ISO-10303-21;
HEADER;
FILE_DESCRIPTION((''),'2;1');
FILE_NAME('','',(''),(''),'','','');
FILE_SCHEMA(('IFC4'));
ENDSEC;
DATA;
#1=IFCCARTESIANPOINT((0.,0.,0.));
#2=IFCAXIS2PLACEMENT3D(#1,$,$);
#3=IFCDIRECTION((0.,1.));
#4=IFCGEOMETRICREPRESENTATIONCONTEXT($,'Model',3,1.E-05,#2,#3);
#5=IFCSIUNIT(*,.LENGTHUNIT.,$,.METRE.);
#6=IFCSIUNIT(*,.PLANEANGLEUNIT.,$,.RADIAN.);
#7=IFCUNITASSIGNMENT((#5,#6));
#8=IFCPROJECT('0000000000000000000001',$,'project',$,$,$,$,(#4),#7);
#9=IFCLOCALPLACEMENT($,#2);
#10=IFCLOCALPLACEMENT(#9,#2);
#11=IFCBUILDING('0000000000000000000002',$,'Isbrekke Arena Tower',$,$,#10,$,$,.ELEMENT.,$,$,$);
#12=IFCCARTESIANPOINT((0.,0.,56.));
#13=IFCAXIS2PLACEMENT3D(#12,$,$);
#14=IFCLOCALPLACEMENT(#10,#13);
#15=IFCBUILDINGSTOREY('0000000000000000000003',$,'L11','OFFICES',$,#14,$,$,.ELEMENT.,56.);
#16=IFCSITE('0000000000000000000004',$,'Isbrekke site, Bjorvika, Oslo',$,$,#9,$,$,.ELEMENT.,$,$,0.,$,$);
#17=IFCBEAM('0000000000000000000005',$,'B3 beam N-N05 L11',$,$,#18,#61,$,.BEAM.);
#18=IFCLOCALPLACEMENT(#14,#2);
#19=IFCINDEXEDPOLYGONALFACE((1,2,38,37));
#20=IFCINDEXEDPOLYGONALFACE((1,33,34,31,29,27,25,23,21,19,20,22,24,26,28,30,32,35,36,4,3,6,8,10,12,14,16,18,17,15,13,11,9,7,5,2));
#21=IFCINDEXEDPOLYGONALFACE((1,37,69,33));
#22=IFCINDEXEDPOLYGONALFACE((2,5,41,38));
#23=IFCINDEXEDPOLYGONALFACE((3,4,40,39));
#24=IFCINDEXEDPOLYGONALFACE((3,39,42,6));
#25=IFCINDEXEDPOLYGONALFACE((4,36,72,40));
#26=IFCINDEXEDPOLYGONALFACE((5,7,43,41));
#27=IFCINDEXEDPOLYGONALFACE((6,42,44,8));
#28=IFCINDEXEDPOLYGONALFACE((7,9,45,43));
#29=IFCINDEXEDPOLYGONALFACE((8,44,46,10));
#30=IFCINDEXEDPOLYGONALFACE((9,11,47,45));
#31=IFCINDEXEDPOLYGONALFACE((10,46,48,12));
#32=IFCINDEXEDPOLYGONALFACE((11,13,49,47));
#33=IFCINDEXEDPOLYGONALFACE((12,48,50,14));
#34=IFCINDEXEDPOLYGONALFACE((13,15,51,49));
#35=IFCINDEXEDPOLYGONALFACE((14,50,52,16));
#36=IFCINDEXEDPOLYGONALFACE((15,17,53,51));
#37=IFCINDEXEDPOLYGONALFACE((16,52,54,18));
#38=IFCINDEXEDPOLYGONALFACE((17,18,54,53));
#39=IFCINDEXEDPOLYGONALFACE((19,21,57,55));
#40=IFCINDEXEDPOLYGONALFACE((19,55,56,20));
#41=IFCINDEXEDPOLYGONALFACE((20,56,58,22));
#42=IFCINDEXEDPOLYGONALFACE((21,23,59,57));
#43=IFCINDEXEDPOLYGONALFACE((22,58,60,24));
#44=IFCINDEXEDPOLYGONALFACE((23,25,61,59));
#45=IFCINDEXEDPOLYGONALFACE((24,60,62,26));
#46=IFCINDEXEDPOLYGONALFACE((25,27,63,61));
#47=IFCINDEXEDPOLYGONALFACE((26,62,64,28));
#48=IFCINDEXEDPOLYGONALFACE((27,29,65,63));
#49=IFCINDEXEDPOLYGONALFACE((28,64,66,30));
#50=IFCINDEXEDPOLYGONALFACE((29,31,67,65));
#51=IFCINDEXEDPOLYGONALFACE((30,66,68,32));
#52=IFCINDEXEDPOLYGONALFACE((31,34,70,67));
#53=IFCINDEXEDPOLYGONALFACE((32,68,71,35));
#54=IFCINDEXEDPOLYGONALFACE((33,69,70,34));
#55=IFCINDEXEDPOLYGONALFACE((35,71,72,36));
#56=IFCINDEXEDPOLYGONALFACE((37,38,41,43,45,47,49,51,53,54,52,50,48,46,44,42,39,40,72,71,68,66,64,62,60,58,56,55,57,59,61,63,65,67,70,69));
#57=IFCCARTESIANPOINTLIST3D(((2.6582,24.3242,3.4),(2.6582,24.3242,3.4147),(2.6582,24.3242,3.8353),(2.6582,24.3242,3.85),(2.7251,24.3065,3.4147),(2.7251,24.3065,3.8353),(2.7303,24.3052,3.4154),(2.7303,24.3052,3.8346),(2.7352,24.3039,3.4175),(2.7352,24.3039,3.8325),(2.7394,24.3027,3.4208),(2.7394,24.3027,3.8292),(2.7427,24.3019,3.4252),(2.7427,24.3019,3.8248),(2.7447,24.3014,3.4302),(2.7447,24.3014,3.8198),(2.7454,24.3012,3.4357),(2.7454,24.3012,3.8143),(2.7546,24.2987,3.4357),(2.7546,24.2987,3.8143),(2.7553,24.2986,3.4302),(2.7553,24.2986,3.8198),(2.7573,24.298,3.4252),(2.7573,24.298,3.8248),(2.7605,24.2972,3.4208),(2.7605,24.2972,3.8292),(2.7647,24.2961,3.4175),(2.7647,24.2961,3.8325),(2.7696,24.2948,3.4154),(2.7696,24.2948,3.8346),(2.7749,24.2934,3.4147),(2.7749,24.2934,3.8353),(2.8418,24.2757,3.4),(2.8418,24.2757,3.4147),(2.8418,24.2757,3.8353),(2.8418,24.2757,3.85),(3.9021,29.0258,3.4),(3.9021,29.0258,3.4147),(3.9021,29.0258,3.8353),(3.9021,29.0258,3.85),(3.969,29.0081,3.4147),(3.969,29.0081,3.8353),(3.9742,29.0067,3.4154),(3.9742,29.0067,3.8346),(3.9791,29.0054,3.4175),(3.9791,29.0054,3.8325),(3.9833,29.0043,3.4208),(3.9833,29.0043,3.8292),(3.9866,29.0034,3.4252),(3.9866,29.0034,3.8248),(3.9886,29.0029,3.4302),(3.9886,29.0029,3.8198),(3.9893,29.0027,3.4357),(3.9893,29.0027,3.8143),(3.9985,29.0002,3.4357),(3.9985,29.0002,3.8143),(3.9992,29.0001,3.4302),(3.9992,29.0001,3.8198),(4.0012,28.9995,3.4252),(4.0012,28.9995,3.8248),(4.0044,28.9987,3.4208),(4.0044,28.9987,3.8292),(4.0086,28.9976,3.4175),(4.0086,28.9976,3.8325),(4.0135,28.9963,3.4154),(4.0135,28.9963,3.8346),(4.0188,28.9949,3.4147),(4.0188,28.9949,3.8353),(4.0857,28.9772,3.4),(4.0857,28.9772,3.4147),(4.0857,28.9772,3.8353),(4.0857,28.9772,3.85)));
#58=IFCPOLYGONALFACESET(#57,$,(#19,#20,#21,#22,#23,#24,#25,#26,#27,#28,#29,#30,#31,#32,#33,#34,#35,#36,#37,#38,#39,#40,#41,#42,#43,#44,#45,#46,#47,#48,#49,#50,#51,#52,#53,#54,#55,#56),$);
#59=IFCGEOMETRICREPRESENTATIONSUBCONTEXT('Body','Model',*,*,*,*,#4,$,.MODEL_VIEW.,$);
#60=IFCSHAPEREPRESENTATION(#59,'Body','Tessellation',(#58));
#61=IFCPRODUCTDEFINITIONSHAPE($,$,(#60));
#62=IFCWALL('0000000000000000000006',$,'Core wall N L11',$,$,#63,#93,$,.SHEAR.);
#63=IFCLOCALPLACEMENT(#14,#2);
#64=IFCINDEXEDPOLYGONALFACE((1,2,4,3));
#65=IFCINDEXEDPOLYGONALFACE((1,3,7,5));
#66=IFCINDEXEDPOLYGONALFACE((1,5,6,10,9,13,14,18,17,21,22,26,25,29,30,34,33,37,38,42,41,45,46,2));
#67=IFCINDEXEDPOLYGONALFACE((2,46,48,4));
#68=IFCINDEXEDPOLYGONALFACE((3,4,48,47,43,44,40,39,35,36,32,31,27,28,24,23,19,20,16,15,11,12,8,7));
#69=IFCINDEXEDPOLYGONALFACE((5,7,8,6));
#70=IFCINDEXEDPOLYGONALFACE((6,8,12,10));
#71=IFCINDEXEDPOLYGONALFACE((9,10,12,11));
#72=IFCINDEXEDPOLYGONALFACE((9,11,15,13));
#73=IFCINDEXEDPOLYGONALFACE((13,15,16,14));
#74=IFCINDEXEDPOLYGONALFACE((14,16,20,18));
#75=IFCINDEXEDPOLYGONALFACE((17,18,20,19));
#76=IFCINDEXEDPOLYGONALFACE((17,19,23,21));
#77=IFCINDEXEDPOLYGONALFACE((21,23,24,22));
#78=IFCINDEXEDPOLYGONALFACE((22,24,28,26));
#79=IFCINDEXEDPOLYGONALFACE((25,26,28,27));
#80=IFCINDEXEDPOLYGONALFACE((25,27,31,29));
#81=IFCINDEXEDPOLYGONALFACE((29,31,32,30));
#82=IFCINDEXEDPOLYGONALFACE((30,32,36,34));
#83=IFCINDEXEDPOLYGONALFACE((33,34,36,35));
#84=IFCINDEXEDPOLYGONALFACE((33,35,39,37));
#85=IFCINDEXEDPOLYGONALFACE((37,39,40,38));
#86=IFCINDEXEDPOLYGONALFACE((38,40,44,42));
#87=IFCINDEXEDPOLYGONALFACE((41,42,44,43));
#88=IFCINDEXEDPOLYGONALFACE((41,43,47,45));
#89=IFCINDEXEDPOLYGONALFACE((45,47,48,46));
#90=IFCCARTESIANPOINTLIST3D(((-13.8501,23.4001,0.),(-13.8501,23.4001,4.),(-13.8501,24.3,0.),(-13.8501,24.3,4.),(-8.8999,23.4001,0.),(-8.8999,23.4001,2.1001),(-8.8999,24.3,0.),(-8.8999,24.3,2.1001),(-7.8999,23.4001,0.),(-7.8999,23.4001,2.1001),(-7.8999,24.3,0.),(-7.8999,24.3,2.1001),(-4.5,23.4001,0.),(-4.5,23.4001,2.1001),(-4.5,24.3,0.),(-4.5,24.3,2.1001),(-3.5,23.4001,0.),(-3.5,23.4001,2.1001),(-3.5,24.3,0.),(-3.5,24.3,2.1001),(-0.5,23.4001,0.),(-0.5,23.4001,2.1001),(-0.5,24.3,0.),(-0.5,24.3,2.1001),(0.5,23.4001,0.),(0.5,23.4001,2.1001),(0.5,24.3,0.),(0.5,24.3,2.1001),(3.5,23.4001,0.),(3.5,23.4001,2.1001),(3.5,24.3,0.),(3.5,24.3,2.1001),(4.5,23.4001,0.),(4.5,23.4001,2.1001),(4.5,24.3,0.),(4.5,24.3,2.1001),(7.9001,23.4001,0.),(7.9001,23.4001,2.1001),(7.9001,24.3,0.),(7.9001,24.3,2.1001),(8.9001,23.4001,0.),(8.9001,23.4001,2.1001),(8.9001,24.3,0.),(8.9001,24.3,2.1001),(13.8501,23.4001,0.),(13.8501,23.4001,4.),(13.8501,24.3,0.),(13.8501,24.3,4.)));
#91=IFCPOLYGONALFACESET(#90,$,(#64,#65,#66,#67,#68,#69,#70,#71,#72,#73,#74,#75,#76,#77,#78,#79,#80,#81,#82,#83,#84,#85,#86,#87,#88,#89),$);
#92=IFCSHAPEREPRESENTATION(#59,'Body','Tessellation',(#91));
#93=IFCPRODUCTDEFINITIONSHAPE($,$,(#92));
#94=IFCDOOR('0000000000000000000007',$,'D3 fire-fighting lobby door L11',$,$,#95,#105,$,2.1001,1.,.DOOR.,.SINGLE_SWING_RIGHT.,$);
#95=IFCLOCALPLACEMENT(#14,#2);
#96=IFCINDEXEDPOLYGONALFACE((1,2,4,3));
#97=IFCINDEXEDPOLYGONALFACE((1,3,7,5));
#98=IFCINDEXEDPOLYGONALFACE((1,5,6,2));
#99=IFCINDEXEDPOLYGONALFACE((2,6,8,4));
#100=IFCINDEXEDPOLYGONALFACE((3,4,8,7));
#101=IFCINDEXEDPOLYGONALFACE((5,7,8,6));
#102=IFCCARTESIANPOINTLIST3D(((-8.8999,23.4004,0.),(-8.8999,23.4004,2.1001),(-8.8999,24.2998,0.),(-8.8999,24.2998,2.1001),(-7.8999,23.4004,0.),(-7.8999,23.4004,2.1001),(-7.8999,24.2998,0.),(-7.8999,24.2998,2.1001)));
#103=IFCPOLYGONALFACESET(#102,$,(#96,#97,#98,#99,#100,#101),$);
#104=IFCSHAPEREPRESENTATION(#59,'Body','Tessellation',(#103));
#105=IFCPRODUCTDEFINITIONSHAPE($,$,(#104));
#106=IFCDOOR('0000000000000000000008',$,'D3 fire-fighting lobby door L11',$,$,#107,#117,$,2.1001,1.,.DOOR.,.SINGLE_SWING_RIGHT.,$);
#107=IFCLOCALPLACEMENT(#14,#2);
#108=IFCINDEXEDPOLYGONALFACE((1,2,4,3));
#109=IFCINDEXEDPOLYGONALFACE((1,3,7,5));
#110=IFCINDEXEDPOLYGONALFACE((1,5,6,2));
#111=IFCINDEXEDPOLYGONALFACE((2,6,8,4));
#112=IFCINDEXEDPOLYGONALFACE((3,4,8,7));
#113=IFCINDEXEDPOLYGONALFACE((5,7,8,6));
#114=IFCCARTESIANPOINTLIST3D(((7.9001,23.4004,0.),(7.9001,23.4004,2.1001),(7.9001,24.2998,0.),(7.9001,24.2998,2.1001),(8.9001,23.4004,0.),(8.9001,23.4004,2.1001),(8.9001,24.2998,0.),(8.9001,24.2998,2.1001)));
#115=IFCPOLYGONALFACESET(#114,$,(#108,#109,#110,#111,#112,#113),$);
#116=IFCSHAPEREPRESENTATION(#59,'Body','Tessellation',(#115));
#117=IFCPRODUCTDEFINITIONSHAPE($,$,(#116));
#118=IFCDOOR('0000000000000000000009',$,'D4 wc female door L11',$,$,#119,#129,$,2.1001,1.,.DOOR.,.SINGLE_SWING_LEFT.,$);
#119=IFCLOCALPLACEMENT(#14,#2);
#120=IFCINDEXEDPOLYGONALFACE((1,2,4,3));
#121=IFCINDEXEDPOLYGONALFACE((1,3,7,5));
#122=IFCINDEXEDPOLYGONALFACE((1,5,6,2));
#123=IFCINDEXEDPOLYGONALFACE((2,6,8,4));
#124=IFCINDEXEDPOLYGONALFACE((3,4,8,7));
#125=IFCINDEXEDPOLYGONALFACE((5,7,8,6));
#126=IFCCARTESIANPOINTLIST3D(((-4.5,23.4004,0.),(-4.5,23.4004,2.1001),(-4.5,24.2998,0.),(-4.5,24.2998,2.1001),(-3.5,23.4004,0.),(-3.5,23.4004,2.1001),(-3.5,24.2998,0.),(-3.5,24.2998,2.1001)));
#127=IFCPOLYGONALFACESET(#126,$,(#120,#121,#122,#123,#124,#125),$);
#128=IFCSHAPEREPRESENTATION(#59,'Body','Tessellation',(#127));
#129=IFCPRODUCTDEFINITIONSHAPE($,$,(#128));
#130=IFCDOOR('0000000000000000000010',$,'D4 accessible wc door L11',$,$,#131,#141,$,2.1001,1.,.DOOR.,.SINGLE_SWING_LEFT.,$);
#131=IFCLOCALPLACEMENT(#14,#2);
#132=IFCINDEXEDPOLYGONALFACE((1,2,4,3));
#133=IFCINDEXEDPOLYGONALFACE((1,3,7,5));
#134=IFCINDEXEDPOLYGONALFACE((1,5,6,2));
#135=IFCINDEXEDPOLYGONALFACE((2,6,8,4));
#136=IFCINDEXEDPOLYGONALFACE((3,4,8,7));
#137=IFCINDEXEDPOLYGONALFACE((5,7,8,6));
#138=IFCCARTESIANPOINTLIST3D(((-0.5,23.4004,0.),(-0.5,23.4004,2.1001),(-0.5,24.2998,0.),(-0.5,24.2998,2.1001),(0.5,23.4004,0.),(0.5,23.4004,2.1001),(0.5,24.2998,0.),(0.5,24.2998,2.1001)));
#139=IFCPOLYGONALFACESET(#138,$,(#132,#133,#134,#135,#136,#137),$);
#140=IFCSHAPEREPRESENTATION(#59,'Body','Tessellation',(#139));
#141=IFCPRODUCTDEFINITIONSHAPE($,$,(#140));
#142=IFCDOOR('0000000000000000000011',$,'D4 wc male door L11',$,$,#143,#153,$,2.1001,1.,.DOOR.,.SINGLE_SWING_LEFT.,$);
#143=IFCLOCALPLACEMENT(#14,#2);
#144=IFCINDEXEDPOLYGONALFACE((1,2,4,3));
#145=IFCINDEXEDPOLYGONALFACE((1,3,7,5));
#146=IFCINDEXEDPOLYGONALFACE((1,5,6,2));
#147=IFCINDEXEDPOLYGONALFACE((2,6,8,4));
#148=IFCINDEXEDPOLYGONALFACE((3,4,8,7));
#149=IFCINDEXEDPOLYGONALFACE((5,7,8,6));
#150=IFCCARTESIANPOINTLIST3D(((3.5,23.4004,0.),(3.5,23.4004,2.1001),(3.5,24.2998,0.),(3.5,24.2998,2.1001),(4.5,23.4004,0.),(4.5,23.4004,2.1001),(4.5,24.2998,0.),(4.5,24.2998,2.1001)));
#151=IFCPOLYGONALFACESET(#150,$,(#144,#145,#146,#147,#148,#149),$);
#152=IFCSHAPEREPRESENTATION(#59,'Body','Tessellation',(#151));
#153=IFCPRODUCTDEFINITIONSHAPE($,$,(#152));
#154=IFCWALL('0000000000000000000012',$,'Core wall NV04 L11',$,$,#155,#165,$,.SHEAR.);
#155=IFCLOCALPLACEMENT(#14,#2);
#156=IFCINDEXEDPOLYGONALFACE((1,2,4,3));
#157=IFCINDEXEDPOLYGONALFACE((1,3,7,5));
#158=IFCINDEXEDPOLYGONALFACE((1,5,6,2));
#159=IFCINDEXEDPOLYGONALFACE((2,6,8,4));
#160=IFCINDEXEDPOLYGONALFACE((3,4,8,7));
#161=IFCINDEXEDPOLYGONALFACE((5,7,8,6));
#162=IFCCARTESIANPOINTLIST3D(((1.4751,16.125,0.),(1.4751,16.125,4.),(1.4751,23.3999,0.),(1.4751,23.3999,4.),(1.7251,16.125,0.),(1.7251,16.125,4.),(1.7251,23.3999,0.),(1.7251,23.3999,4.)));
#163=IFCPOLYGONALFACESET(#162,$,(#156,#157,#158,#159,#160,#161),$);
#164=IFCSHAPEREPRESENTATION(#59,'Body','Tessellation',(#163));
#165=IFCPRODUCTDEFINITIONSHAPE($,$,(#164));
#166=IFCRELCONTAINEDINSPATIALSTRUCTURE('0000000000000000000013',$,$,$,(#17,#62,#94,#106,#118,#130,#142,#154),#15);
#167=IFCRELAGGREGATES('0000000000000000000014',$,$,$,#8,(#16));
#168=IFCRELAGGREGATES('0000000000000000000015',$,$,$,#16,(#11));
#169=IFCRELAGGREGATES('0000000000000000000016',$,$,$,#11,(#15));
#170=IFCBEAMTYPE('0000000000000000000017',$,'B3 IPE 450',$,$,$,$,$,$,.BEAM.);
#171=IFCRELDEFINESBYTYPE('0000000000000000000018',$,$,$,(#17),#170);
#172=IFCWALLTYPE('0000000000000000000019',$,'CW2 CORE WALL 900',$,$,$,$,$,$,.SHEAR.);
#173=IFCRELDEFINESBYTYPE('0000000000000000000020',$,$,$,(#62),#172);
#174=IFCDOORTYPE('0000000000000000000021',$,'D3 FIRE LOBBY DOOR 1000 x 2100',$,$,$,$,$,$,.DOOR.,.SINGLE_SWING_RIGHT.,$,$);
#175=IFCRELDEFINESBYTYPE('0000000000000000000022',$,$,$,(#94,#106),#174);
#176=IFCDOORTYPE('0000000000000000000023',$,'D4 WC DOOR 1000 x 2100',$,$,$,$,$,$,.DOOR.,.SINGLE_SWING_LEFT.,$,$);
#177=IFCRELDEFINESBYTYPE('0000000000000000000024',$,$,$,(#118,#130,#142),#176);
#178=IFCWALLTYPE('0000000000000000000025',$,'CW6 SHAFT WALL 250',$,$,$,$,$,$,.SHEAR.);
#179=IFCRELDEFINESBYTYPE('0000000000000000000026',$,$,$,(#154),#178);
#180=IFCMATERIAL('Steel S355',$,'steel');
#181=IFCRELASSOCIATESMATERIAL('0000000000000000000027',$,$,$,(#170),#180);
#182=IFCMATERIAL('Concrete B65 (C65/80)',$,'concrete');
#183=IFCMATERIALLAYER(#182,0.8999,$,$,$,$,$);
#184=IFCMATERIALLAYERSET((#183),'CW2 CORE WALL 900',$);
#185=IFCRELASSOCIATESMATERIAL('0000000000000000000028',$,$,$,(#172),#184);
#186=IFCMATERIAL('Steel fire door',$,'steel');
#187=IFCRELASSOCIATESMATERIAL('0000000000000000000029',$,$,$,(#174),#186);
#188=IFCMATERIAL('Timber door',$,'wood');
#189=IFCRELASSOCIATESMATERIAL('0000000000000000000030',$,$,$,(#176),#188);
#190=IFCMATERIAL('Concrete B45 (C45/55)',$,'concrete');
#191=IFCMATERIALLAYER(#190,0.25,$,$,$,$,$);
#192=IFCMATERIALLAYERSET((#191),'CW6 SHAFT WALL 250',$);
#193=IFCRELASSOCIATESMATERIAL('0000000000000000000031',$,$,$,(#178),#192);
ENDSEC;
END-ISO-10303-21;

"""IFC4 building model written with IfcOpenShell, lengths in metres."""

from ifc_helpers import new_model, si_unit, direction, frame, frame_2d, origin, origin_2d, place, context, subcontext, project, spatial, rectangle, i_section, extrude, material, layer, layer_set, material_profile, profile_set, type_object, element, fill, save


model = new_model("IFC4")

# Units and contexts
model_context = context("Model", 3, precision=1e-05, world=origin(), true_north=direction((0.0, 1.0)))
body_context = subcontext(model_context, "Body", "Model", "MODEL_VIEW")
ifc_project = project(units=[si_unit("LENGTHUNIT", "METRE"), si_unit("PLANEANGLEUNIT", "RADIAN")], contexts=[model_context])

# Site, building, storey
site_placement = place(None, origin())
site = spatial("IfcSite", under=ifc_project, at=site_placement, Name="Isbrekke site, Bjorvika, Oslo", CompositionType="ELEMENT", RefElevation=0.0)
building_placement = place(site_placement, origin())
building = spatial("IfcBuilding", under=site, at=building_placement, Name="Isbrekke Arena Tower", CompositionType="ELEMENT")
storey_placement = place(building_placement, frame((0.0, 0.0, 56.0)))
storey = spatial("IfcBuildingStorey", under=building, at=storey_placement, Name="L11", Description="OFFICES", CompositionType="ELEMENT", Elevation=56.0)

# Beam
ifc_material_1 = material(Name="Steel S355", Category="steel")
ifc_material_profile = material_profile(ifc_material_1, i_section(OverallWidth=0.1899, OverallDepth=0.45, WebThickness=0.0095, FlangeThickness=0.0146, FilletRadius=0.021, at=origin_2d()), Name="IPE 450")
ifc_profile_set = profile_set([ifc_material_profile], Name="Steel S355")
beam_type = type_object("IfcBeamType", Name="B3 IPE 450", PredefinedType="BEAM", material=ifc_profile_set)
beam_placement = place(storey_placement, frame((3.9939, 29.0015, 3.625), z_axis=(-0.255778, -0.966736, 0.0), x_axis=(0.966736, -0.255778, 0.0)))
element("IfcBeam", 1, at=beam_placement, inside=storey, type_object=beam_type, Name="B3 beam N-N05 L11", PredefinedType="BEAM", context=body_context, shape_type="SweptSolid", body=[
    extrude(i_section(OverallWidth=0.1899, OverallDepth=0.45, WebThickness=0.0095, FlangeThickness=0.0146, FilletRadius=0.021, at=origin_2d()), origin(), (0.0, 0.0, 1.0), 4.8633),
])

# Wall, openings, doors
ifc_material_2 = material(Name="Concrete B65 (C65/80)", Category="concrete")
ifc_layer_1 = layer(ifc_material_2, 0.8999)
ifc_layer_set_1 = layer_set([ifc_layer_1], Name="CW2 CORE WALL 900")
wall_type_1 = type_object("IfcWallType", Name="CW2 CORE WALL 900", PredefinedType="SHEAR", material=ifc_layer_set_1)
wall_1_placement = place(storey_placement, frame((13.8501, 23.8501, 0.0), z_axis=(0.0, 0.0, 1.0), x_axis=(-1.0, 0.0, 0.0)))
wall_1 = element("IfcWall", 2, at=wall_1_placement, inside=storey, type_object=wall_type_1, Name="Core wall N L11", PredefinedType="SHEAR", context=body_context, shape_type="SweptSolid", body=[
    extrude(rectangle(XDim=27.7002, YDim=0.8999, at=frame_2d((13.8501, 0.0))), origin(), (0.0, 0.0, 1.0), 4.0),
])
opening_1_placement = place(wall_1_placement, frame((21.75, 0.0, 0.0)))
opening_1 = element("IfcOpeningElement", 3, at=opening_1_placement, cuts=wall_1, PredefinedType="OPENING", context=body_context, shape_type="SweptSolid", body=[
    extrude(rectangle(XDim=1.0, YDim=2.1001, at=frame_2d((0.5, 1.05))), frame((0.0, 0.4648, 0.0), z_axis=(0.0, -1.0, 0.0), x_axis=(1.0, 0.0, 0.0)), (0.0, 0.0, 1.0), 0.9297),
])
opening_2_placement = place(wall_1_placement, frame((4.95, 0.0, 0.0)))
opening_2 = element("IfcOpeningElement", 4, at=opening_2_placement, cuts=wall_1, PredefinedType="OPENING", context=body_context, shape_type="SweptSolid", body=[
    extrude(rectangle(XDim=1.0, YDim=2.1001, at=frame_2d((0.5, 1.05))), frame((0.0, 0.4648, 0.0), z_axis=(0.0, -1.0, 0.0), x_axis=(1.0, 0.0, 0.0)), (0.0, 0.0, 1.0), 0.9297),
])
opening_3_placement = place(wall_1_placement, frame((17.3501, 0.0, 0.0)))
opening_3 = element("IfcOpeningElement", 5, at=opening_3_placement, cuts=wall_1, PredefinedType="OPENING", context=body_context, shape_type="SweptSolid", body=[
    extrude(rectangle(XDim=1.0, YDim=2.1001, at=frame_2d((0.5, 1.05))), frame((0.0, 0.4648, 0.0), z_axis=(0.0, -1.0, 0.0), x_axis=(1.0, 0.0, 0.0)), (0.0, 0.0, 1.0), 0.9297),
])
opening_4_placement = place(wall_1_placement, frame((13.3501, 0.0, 0.0)))
opening_4 = element("IfcOpeningElement", 6, at=opening_4_placement, cuts=wall_1, PredefinedType="OPENING", context=body_context, shape_type="SweptSolid", body=[
    extrude(rectangle(XDim=1.0, YDim=2.1001, at=frame_2d((0.5, 1.05))), frame((0.0, 0.4648, 0.0), z_axis=(0.0, -1.0, 0.0), x_axis=(1.0, 0.0, 0.0)), (0.0, 0.0, 1.0), 0.9297),
])
opening_5_placement = place(wall_1_placement, frame((9.3501, 0.0, 0.0)))
opening_5 = element("IfcOpeningElement", 7, at=opening_5_placement, cuts=wall_1, PredefinedType="OPENING", context=body_context, shape_type="SweptSolid", body=[
    extrude(rectangle(XDim=1.0, YDim=2.1001, at=frame_2d((0.5, 1.05))), frame((0.0, 0.4648, 0.0), z_axis=(0.0, -1.0, 0.0), x_axis=(1.0, 0.0, 0.0)), (0.0, 0.0, 1.0), 0.9297),
])
ifc_material_3 = material(Name="Steel fire door", Category="steel")
door_type_1 = type_object("IfcDoorType", Name="D3 FIRE LOBBY DOOR 1000 x 2100", OperationType="SINGLE_SWING_RIGHT", PredefinedType="DOOR", material=ifc_material_3)
door_1_placement = place(opening_1_placement, origin())
door_1 = element("IfcDoor", 8, at=door_1_placement, inside=storey, type_object=door_type_1, Name="D3 fire-fighting lobby door L11", OperationType="SINGLE_SWING_RIGHT", OverallHeight=2.1001, OverallWidth=1.0, PredefinedType="DOOR", context=body_context, shape_type="SweptSolid", body=[
    extrude(rectangle(XDim=1.0, YDim=2.1001, at=frame_2d((0.5, 1.05))), frame((0.0, 0.4497, 0.0), z_axis=(0.0, -1.0, 0.0), x_axis=(1.0, 0.0, 0.0)), (0.0, 0.0, 1.0), 0.8994),
])
fill(opening_1, door_1)
door_2_placement = place(opening_2_placement, origin())
door_2 = element("IfcDoor", 9, at=door_2_placement, inside=storey, type_object=door_type_1, Name="D3 fire-fighting lobby door L11", OperationType="SINGLE_SWING_RIGHT", OverallHeight=2.1001, OverallWidth=1.0, PredefinedType="DOOR", context=body_context, shape_type="SweptSolid", body=[
    extrude(rectangle(XDim=1.0, YDim=2.1001, at=frame_2d((0.5, 1.05))), frame((0.0, 0.4497, 0.0), z_axis=(0.0, -1.0, 0.0), x_axis=(1.0, 0.0, 0.0)), (0.0, 0.0, 1.0), 0.8994),
])
fill(opening_2, door_2)
ifc_material_4 = material(Name="Timber door", Category="wood")
door_type_2 = type_object("IfcDoorType", Name="D4 WC DOOR 1000 x 2100", OperationType="SINGLE_SWING_LEFT", PredefinedType="DOOR", material=ifc_material_4)
door_3_placement = place(opening_3_placement, origin())
door_3 = element("IfcDoor", 10, at=door_3_placement, inside=storey, type_object=door_type_2, Name="D4 wc female door L11", OperationType="SINGLE_SWING_LEFT", OverallHeight=2.1001, OverallWidth=1.0, PredefinedType="DOOR", context=body_context, shape_type="SweptSolid", body=[
    extrude(rectangle(XDim=1.0, YDim=2.1001, at=frame_2d((0.5, 1.05))), frame((0.0, 0.4497, 0.0), z_axis=(0.0, -1.0, 0.0), x_axis=(1.0, 0.0, 0.0)), (0.0, 0.0, 1.0), 0.8994),
])
fill(opening_3, door_3)
door_4_placement = place(opening_4_placement, origin())
door_4 = element("IfcDoor", 11, at=door_4_placement, inside=storey, type_object=door_type_2, Name="D4 accessible wc door L11", OperationType="SINGLE_SWING_LEFT", OverallHeight=2.1001, OverallWidth=1.0, PredefinedType="DOOR", context=body_context, shape_type="SweptSolid", body=[
    extrude(rectangle(XDim=1.0, YDim=2.1001, at=frame_2d((0.5, 1.05))), frame((0.0, 0.4497, 0.0), z_axis=(0.0, -1.0, 0.0), x_axis=(1.0, 0.0, 0.0)), (0.0, 0.0, 1.0), 0.8994),
])
fill(opening_4, door_4)
door_5_placement = place(opening_5_placement, origin())
door_5 = element("IfcDoor", 12, at=door_5_placement, inside=storey, type_object=door_type_2, Name="D4 wc male door L11", OperationType="SINGLE_SWING_LEFT", OverallHeight=2.1001, OverallWidth=1.0, PredefinedType="DOOR", context=body_context, shape_type="SweptSolid", body=[
    extrude(rectangle(XDim=1.0, YDim=2.1001, at=frame_2d((0.5, 1.05))), frame((0.0, 0.4497, 0.0), z_axis=(0.0, -1.0, 0.0), x_axis=(1.0, 0.0, 0.0)), (0.0, 0.0, 1.0), 0.8994),
])
fill(opening_5, door_5)

# Wall
ifc_material_5 = material(Name="Concrete B45 (C45/55)", Category="concrete")
ifc_layer_2 = layer(ifc_material_5, 0.25)
ifc_layer_set_2 = layer_set([ifc_layer_2], Name="CW6 SHAFT WALL 250")
wall_type_2 = type_object("IfcWallType", Name="CW6 SHAFT WALL 250", PredefinedType="SHEAR", material=ifc_layer_set_2)
for number, where, z_axis, x_axis, name in (
    (13, (1.6001, 16.125, 0.0), (0.0, 0.0, 1.0), (0.0, 1.0, 0.0), "Core wall NV04 L11"),
):
    element("IfcWall", number, at=place(storey_placement, frame(where, z_axis=z_axis, x_axis=x_axis)), inside=storey, type_object=wall_type_2, Name=name, PredefinedType="SHEAR", context=body_context, shape_type="SweptSolid", body=[
        extrude(rectangle(XDim=7.2749, YDim=0.25, at=frame_2d((3.6375, 0.0))), origin(), (0.0, 0.0, 1.0), 4.0),
    ])

save(model, "model.ifc")
